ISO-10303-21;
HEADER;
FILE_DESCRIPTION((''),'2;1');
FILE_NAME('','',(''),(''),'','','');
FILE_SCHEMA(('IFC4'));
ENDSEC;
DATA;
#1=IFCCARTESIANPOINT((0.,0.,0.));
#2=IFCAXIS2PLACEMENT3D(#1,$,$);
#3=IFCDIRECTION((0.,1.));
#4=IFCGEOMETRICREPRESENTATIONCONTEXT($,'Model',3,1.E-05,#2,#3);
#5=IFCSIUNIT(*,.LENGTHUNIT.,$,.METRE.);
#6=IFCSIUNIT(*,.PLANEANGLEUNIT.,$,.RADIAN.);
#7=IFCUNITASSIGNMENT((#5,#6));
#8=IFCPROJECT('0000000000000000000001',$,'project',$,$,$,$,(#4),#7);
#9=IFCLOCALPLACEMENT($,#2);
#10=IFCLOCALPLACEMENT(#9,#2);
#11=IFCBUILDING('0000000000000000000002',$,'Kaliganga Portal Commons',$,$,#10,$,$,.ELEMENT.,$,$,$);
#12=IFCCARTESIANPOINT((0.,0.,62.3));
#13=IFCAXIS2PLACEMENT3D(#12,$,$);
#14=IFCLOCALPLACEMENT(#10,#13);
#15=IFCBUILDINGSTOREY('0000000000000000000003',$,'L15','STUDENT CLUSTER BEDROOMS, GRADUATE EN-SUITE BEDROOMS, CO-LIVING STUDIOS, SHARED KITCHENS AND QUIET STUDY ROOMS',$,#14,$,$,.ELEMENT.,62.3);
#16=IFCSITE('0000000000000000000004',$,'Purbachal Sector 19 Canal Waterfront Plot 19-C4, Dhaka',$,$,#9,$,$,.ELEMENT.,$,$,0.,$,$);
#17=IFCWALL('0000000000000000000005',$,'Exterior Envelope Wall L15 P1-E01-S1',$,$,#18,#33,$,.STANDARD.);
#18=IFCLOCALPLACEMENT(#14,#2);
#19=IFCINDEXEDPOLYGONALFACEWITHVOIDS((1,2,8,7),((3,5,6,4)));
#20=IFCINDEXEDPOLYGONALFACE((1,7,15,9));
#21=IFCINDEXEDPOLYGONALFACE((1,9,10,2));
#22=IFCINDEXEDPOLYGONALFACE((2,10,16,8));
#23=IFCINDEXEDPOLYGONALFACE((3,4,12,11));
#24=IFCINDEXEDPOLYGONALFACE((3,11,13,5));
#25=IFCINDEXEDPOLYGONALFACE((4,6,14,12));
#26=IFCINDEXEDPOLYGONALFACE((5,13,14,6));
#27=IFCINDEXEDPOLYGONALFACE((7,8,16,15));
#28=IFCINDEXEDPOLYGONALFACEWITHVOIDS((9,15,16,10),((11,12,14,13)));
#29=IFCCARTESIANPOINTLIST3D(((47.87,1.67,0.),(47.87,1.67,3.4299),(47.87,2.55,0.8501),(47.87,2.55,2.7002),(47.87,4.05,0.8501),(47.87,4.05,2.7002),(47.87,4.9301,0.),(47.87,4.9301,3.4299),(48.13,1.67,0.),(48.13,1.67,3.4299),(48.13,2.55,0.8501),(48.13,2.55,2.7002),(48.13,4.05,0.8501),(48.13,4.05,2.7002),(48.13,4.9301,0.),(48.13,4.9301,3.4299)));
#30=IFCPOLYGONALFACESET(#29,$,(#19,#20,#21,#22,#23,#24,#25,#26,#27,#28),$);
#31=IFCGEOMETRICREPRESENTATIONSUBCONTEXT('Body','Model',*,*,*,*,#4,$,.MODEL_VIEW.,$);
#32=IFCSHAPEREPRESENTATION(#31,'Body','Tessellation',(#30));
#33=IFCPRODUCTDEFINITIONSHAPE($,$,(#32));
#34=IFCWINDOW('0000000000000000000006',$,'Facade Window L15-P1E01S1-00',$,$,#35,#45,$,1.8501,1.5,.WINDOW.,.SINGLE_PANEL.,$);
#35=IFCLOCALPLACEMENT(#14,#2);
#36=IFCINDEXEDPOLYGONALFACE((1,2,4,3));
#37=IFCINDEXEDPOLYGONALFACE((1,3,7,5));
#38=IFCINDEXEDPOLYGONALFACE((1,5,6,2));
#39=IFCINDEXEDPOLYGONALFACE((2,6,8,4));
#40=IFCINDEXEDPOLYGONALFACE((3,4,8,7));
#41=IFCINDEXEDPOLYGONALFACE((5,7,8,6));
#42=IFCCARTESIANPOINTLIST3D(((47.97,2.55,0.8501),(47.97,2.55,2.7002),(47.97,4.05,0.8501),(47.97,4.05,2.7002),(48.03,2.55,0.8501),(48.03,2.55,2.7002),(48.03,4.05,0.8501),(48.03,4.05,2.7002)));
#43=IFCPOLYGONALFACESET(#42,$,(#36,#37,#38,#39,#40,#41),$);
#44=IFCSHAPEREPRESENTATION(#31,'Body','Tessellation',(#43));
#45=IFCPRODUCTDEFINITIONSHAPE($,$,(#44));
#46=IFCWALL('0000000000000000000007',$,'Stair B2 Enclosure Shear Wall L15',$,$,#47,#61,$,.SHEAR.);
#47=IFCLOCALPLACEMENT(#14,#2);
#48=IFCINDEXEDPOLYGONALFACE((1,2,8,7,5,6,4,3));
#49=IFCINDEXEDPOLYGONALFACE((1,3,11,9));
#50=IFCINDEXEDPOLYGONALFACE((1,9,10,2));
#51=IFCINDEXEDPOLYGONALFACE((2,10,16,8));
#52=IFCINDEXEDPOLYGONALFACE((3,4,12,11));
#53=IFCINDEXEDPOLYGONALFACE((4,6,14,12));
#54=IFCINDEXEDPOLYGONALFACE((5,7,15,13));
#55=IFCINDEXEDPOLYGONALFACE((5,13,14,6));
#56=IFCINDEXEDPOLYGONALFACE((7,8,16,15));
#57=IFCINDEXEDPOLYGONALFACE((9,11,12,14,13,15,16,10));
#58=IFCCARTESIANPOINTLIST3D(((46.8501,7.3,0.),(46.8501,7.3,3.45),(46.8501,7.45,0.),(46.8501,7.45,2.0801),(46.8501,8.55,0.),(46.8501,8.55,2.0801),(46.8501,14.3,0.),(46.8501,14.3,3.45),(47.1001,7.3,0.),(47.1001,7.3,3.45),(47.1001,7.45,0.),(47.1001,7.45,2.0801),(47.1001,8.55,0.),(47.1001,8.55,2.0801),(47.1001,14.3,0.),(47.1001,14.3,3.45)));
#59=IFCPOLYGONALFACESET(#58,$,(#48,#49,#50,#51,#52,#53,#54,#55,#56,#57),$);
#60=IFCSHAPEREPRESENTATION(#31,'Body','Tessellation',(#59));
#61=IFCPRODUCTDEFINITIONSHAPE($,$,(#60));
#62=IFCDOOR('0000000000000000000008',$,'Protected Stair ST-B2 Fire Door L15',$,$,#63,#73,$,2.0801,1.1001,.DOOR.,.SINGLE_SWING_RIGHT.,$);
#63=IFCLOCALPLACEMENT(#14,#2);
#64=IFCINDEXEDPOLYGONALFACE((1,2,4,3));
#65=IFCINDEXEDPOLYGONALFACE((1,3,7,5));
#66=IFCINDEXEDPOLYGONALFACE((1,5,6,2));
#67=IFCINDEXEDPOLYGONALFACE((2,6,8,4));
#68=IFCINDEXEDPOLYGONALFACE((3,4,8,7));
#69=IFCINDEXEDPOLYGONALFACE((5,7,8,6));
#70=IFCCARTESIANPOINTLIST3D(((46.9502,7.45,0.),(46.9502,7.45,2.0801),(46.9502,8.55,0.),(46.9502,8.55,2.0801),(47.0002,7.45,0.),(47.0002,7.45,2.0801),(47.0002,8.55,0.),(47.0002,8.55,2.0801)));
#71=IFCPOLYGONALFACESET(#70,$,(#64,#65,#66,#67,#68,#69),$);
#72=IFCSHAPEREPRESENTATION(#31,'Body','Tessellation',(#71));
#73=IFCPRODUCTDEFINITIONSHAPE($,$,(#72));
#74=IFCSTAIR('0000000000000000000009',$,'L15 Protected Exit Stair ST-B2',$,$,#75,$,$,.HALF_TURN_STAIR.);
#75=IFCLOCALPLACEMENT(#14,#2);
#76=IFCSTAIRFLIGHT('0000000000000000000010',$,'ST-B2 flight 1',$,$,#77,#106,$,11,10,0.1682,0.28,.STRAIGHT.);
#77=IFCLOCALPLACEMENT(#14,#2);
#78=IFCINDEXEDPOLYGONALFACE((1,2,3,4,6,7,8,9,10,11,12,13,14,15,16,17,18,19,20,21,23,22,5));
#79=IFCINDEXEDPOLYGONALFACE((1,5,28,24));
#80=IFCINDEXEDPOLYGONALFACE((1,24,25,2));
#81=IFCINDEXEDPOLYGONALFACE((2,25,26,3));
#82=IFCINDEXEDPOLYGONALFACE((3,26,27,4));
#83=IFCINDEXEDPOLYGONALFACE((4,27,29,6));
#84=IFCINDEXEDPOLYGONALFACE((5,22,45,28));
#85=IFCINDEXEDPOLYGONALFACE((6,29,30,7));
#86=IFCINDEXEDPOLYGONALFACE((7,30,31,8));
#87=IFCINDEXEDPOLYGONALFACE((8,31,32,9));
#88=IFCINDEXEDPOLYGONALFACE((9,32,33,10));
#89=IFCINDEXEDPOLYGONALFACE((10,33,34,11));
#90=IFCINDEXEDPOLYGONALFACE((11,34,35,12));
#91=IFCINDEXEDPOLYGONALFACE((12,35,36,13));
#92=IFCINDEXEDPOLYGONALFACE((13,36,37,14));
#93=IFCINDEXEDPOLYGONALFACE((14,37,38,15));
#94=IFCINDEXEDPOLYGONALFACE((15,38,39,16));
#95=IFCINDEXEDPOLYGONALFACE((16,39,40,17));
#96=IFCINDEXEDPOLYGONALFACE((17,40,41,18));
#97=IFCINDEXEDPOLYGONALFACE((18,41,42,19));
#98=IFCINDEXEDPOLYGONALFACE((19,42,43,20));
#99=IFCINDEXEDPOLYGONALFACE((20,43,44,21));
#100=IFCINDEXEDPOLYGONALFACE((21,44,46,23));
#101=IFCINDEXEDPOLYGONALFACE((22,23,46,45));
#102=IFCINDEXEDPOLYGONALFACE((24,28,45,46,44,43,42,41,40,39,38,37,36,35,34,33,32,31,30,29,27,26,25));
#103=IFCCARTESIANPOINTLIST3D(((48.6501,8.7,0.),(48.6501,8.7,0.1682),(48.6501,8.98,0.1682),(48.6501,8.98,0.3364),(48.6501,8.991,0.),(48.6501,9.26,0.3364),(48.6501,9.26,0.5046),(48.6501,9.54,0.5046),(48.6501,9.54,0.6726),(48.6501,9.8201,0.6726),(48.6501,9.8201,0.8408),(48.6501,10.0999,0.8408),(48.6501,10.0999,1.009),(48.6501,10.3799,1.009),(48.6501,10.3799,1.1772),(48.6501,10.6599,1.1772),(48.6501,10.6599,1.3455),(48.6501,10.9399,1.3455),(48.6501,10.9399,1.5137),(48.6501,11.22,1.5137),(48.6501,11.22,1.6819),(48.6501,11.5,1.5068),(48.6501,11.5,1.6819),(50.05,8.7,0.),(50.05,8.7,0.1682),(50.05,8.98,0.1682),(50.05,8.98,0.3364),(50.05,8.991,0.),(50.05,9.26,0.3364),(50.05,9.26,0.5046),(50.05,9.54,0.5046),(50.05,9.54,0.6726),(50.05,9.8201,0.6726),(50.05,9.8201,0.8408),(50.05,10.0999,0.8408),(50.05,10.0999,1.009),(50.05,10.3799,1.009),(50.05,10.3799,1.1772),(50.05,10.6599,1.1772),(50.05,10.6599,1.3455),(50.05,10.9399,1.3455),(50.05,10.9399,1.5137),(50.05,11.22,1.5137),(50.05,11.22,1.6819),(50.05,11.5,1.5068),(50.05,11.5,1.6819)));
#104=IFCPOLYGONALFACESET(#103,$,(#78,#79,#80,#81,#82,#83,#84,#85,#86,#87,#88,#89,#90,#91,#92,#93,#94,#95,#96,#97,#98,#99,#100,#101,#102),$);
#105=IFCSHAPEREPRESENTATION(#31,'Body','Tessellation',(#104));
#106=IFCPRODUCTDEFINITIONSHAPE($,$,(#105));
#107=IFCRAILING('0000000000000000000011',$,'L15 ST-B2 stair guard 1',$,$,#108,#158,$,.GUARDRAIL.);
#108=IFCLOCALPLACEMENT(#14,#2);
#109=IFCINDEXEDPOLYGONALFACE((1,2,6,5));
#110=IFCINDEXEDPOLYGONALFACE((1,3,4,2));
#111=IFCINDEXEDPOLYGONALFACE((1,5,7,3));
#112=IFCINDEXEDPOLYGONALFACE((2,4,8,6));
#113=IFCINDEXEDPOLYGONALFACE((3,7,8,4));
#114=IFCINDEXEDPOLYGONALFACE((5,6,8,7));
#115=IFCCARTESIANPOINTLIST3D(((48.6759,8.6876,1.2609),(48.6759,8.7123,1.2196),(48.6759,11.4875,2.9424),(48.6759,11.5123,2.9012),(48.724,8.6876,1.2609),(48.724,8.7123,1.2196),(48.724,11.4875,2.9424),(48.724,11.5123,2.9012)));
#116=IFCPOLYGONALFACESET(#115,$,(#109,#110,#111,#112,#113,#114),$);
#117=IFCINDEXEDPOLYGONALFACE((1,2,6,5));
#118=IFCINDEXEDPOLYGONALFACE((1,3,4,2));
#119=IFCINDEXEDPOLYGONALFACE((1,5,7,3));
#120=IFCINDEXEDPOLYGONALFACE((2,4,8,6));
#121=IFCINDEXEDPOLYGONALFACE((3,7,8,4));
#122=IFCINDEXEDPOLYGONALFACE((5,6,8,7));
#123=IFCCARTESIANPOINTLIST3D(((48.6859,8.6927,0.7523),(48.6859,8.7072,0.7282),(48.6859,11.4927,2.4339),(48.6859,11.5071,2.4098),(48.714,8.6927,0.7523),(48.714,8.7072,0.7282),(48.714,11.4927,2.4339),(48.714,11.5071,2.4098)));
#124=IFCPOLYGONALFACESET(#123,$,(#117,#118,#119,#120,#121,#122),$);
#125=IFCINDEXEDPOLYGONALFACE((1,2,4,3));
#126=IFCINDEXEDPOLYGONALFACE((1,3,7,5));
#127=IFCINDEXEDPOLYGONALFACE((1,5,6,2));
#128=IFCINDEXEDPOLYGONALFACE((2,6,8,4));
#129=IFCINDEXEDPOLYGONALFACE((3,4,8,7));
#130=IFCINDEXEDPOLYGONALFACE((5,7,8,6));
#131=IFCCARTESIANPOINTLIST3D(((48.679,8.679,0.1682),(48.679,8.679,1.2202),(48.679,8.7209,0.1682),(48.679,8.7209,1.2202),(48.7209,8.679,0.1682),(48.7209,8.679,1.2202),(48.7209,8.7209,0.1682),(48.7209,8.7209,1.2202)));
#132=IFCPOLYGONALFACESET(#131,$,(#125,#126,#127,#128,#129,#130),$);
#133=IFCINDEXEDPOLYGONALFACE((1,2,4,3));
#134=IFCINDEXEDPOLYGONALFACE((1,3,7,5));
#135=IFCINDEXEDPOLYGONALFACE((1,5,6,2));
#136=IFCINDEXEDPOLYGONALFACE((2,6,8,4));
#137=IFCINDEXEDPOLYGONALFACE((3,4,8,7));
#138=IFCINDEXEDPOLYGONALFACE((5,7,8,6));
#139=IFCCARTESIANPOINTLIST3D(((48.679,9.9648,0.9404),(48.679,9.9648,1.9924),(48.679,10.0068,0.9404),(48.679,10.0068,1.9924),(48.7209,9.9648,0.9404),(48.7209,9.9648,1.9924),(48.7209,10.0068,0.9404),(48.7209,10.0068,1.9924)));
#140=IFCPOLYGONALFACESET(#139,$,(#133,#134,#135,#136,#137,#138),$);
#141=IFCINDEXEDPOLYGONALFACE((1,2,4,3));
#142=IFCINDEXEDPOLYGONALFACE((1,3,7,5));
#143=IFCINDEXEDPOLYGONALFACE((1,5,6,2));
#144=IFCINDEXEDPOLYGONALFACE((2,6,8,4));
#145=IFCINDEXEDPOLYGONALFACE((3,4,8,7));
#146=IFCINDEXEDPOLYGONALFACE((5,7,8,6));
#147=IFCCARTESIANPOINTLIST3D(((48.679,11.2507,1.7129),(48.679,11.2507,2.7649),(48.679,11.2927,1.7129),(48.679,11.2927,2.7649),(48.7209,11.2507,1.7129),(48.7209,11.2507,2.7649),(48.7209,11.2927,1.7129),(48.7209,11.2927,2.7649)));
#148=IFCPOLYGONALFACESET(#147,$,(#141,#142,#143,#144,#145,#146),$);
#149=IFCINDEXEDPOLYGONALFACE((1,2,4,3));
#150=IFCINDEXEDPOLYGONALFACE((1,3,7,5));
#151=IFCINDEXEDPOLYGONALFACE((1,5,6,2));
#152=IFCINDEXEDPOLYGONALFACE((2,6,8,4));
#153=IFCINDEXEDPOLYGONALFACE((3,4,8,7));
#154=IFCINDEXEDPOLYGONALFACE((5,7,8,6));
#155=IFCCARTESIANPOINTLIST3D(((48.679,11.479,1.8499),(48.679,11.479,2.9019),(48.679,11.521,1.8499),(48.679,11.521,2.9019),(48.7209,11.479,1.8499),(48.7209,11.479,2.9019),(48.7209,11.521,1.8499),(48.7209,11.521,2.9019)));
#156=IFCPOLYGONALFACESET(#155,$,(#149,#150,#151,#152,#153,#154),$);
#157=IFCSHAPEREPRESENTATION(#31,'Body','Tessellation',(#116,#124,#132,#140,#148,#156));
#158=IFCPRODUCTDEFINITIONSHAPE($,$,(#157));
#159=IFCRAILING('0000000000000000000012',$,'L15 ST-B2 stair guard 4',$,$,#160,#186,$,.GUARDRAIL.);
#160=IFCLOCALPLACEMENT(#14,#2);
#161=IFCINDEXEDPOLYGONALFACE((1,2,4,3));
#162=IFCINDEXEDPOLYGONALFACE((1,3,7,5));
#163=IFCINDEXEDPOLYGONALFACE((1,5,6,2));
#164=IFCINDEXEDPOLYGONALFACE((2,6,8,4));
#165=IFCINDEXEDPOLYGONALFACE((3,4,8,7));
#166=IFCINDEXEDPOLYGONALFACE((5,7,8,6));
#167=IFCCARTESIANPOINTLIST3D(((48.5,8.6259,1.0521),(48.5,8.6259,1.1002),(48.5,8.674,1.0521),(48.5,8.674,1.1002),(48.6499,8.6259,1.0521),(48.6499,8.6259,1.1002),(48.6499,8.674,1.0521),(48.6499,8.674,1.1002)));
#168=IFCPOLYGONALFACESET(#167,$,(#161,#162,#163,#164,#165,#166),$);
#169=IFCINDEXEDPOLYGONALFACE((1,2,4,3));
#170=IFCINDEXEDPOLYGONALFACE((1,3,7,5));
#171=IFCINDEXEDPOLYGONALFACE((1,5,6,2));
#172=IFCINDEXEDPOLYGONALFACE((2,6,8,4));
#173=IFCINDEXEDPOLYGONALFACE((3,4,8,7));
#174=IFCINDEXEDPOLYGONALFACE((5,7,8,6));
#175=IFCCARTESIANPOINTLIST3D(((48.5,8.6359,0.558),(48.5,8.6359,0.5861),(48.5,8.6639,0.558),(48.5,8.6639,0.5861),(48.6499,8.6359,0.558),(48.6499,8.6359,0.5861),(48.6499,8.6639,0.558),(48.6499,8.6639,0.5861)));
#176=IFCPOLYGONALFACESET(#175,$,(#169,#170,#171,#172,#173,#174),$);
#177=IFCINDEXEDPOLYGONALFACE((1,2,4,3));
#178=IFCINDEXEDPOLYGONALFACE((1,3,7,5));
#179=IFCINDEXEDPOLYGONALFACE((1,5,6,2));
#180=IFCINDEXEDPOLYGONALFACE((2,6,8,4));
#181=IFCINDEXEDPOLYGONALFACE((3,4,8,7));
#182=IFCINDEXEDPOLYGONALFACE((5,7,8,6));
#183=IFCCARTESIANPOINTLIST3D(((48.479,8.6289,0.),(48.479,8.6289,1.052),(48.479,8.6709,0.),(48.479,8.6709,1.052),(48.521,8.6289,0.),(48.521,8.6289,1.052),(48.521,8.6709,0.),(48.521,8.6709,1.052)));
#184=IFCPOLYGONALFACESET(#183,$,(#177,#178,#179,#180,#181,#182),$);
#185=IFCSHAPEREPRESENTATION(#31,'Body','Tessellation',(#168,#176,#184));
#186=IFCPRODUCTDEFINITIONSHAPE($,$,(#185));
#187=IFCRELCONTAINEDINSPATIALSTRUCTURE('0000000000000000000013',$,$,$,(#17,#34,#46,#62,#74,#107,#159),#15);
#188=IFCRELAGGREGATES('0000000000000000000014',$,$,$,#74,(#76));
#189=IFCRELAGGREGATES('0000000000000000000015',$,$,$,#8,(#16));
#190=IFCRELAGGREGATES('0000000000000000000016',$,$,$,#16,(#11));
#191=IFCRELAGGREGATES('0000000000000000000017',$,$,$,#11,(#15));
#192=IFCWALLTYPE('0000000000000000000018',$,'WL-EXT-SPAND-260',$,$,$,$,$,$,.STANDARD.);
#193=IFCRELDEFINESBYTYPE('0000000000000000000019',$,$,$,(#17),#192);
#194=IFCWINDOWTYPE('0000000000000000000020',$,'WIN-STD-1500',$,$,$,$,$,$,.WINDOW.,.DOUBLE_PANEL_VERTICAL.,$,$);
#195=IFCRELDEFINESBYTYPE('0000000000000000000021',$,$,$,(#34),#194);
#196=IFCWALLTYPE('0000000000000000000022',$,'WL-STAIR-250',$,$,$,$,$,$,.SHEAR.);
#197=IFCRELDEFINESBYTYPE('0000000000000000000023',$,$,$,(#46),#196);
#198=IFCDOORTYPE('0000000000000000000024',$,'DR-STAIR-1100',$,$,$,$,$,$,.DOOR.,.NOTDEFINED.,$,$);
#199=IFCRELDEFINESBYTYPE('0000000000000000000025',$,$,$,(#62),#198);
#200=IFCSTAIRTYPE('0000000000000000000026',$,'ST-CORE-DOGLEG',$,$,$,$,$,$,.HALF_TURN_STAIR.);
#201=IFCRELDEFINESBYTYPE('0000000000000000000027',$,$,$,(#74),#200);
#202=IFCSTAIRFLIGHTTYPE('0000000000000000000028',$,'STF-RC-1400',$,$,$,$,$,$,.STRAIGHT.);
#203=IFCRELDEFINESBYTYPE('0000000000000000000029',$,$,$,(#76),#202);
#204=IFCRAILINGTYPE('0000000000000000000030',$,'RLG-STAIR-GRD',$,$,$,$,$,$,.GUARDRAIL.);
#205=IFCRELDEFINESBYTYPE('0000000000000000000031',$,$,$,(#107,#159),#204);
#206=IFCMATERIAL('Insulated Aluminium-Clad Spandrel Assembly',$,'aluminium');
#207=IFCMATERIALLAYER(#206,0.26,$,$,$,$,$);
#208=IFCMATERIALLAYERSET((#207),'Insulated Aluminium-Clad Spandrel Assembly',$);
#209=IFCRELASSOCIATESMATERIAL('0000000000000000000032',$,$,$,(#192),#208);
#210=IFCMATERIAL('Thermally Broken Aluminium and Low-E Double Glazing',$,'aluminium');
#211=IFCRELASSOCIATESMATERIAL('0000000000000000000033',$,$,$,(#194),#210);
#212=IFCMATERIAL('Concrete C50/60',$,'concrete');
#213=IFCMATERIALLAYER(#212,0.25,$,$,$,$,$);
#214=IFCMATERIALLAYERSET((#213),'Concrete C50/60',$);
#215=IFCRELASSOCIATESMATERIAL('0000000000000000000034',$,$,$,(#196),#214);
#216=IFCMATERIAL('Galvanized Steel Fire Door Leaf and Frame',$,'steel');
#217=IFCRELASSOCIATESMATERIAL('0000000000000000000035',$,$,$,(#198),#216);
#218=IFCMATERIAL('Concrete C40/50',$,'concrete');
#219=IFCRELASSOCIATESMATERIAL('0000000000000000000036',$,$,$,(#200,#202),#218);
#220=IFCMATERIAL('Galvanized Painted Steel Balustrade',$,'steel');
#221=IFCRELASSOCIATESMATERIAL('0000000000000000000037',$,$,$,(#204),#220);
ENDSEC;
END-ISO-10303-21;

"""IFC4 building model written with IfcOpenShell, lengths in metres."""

from ifc_helpers import new_model, si_unit, direction, frame, frame_2d, origin, origin_2d, place, context, subcontext, project, spatial, polyline, rectangle, outline, extrude, material, layer, layer_set, type_object, element, fill, aggregate, save


model = new_model("IFC4")

# Units and contexts
model_context = context("Model", 3, precision=1e-05, world=origin(), true_north=direction((0.0, 1.0)))
body_context = subcontext(model_context, "Body", "Model", "MODEL_VIEW")
ifc_project = project(units=[si_unit("LENGTHUNIT", "METRE"), si_unit("PLANEANGLEUNIT", "RADIAN")], contexts=[model_context])

# Site, building, storey
site_placement = place(None, origin())
site = spatial("IfcSite", under=ifc_project, at=site_placement, Name="Purbachal Sector 19 Canal Waterfront Plot 19-C4, Dhaka", CompositionType="ELEMENT", RefElevation=0.0)
building_placement = place(site_placement, origin())
building = spatial("IfcBuilding", under=site, at=building_placement, Name="Kaliganga Portal Commons", CompositionType="ELEMENT")
storey_placement = place(building_placement, frame((0.0, 0.0, 62.3)))
storey = spatial("IfcBuildingStorey", under=building, at=storey_placement, Name="L15", Description="STUDENT CLUSTER BEDROOMS, GRADUATE EN-SUITE BEDROOMS, CO-LIVING STUDIOS, SHARED KITCHENS AND QUIET STUDY ROOMS", CompositionType="ELEMENT", Elevation=62.3)

# Shared definitions
ifc_material_1 = material(Name="Insulated Aluminium-Clad Spandrel Assembly", Category="aluminium")
ifc_layer_1 = layer(ifc_material_1, 0.26)
ifc_layer_set_1 = layer_set([ifc_layer_1], Name="Insulated Aluminium-Clad Spandrel Assembly")
wall_type_1 = type_object("IfcWallType", Name="WL-EXT-SPAND-260", PredefinedType="STANDARD", material=ifc_layer_set_1)
ifc_material_2 = material(Name="Thermally Broken Aluminium and Low-E Double Glazing", Category="aluminium")
window_type = type_object("IfcWindowType", Name="WIN-STD-1500", PartitioningType="DOUBLE_PANEL_VERTICAL", PredefinedType="WINDOW", material=ifc_material_2)

# Wall, opening, window
wall_1_placement = place(storey_placement, frame((48.0, 4.9299, 0.0), z_axis=(0.0, 0.0, 1.0), x_axis=(0.0, -1.0, 0.0)))
wall_1 = element("IfcWall", 1, at=wall_1_placement, inside=storey, type_object=wall_type_1, Name="Exterior Envelope Wall L15 P1-E01-S1", PredefinedType="STANDARD", context=body_context, shape_type="SweptSolid", body=[
    extrude(rectangle(XDim=3.26, YDim=0.26, at=frame_2d((1.6299, 0.0))), origin(), (0.0, 0.0, 1.0), 3.4299),
])
opening_1_placement = place(wall_1_placement, frame((0.8799, 0.0, 0.8501)))
opening_1 = element("IfcOpeningElement", 2, at=opening_1_placement, cuts=wall_1, PredefinedType="OPENING", context=body_context, shape_type="SweptSolid", body=[
    extrude(rectangle(XDim=1.5, YDim=1.8501, at=frame_2d((0.75, 0.925))), frame((0.0, 0.1401, 0.0), z_axis=(0.0, -1.0, 0.0), x_axis=(1.0, 0.0, 0.0)), (0.0, 0.0, 1.0), 0.28),
])
window_1_placement = place(opening_1_placement, origin())
window_1 = element("IfcWindow", 3, at=window_1_placement, inside=storey, type_object=window_type, Name="Facade Window L15-P1E01S1-00", OverallHeight=1.8501, OverallWidth=1.5, PartitioningType="SINGLE_PANEL", PredefinedType="WINDOW", context=body_context, shape_type="SweptSolid", body=[
    extrude(rectangle(XDim=1.5, YDim=1.8501, at=frame_2d((0.75, 0.925))), frame((0.0, 0.03, 0.0), z_axis=(0.0, -1.0, 0.0), x_axis=(1.0, 0.0, 0.0)), (0.0, 0.0, 1.0), 0.0601),
])
fill(opening_1, window_1)

# Wall, opening, door
ifc_material_3 = material(Name="Concrete C50/60", Category="concrete")
ifc_layer_2 = layer(ifc_material_3, 0.25)
ifc_layer_set_2 = layer_set([ifc_layer_2], Name="Concrete C50/60")
wall_type_2 = type_object("IfcWallType", Name="WL-STAIR-250", PredefinedType="SHEAR", material=ifc_layer_set_2)
wall_2_placement = place(storey_placement, frame((46.9751, 7.3, 0.0), z_axis=(0.0, 0.0, 1.0), x_axis=(0.0, 1.0, 0.0)))
wall_2 = element("IfcWall", 4, at=wall_2_placement, inside=storey, type_object=wall_type_2, Name="Stair B2 Enclosure Shear Wall L15", PredefinedType="SHEAR", context=body_context, shape_type="SweptSolid", body=[
    extrude(rectangle(XDim=7.0, YDim=0.25, at=frame_2d((3.5, 0.0))), origin(), (0.0, 0.0, 1.0), 3.45),
])
opening_2_placement = place(wall_2_placement, frame((0.1499, 0.0, 0.0)))
opening_2 = element("IfcOpeningElement", 5, at=opening_2_placement, cuts=wall_2, PredefinedType="OPENING", context=body_context, shape_type="SweptSolid", body=[
    extrude(rectangle(XDim=1.1001, YDim=2.0801, at=frame_2d((0.55, 1.04))), frame((0.0, 0.135, 0.0), z_axis=(0.0, -1.0, 0.0), x_axis=(1.0, 0.0, 0.0)), (0.0, 0.0, 1.0), 0.27),
])
ifc_material_4 = material(Name="Galvanized Steel Fire Door Leaf and Frame", Category="steel")
door_type = type_object("IfcDoorType", Name="DR-STAIR-1100", OperationType="NOTDEFINED", PredefinedType="DOOR", material=ifc_material_4)
door_placement = place(opening_2_placement, origin())
door = element("IfcDoor", 6, at=door_placement, inside=storey, type_object=door_type, Name="Protected Stair ST-B2 Fire Door L15", OperationType="SINGLE_SWING_RIGHT", OverallHeight=2.0801, OverallWidth=1.1001, PredefinedType="DOOR", context=body_context, shape_type="SweptSolid", body=[
    extrude(rectangle(XDim=1.1001, YDim=2.0801, at=frame_2d((0.55, 1.04))), frame((0.0, 0.0249, 0.0), z_axis=(0.0, -1.0, 0.0), x_axis=(1.0, 0.0, 0.0)), (0.0, 0.0, 1.0), 0.05),
])
fill(opening_2, door)

# Stair, stair flight
ifc_material_5 = material(Name="Concrete C40/50", Category="concrete")
stair_type = type_object("IfcStairType", Name="ST-CORE-DOGLEG", PredefinedType="HALF_TURN_STAIR", material=ifc_material_5)
stair_placement = place(storey_placement, origin())
stair = element("IfcStair", 7, at=stair_placement, inside=storey, type_object=stair_type, Name="L15 Protected Exit Stair ST-B2", PredefinedType="HALF_TURN_STAIR")
stair_flight_type = type_object("IfcStairFlightType", Name="STF-RC-1400", PredefinedType="STRAIGHT", material=ifc_material_5)
stair_flight_placement = place(storey_placement, frame((49.3501, 8.7, 0.0), z_axis=(0.0, 0.0, 1.0), x_axis=(0.0, 1.0, 0.0)))
stair_flight = element("IfcStairFlight", 8, at=stair_flight_placement, type_object=stair_flight_type, Name="ST-B2 flight 1", NumberOfRisers=11, NumberOfTreads=10, PredefinedType="STRAIGHT", RiserHeight=0.1682, TreadLength=0.28, context=body_context, shape_type="SweptSolid", body=[
    extrude(outline(polyline([(0.0, 0.0), (0.0, 0.1682), (0.28, 0.1682), (0.28, 0.3364), (0.5601, 0.3364), (0.5601, 0.5046), (0.8401, 0.5046), (0.8401, 0.6726), (1.1201, 0.6726), (1.1201, 0.8408), (1.3999, 0.8408), (1.3999, 1.009), (1.6799, 1.009), (1.6799, 1.1772), (1.96, 1.1772), (1.96, 1.3455), (2.24, 1.3455), (2.24, 1.5137), (2.52, 1.5137), (2.52, 1.6819), (2.8, 1.6819), (2.8, 1.8501), (2.8, 1.5068), (0.291, 0.0), (0.0, 0.0)])), frame((0.0, 0.7, 0.0), z_axis=(0.0, -1.0, 0.0), x_axis=(1.0, 0.0, 0.0)), (0.0, 0.0, 1.0), 1.3999),
])
aggregate(stair, [stair_flight])

# Railings
ifc_material_6 = material(Name="Galvanized Painted Steel Balustrade", Category="steel")
railing_type_1 = type_object("IfcRailingType", Name="RLG-STAIR-GRD", PredefinedType="GUARDRAIL", material=ifc_material_6)
railing_1_placement = place(storey_placement, frame((48.7, 8.7, 0.1682)))
element("IfcRailing", 9, at=railing_1_placement, inside=storey, type_object=railing_type_1, Name="L15 ST-B2 stair guard 1", PredefinedType="GUARDRAIL", context=body_context, shape_type="SweptSolid", body=[
    extrude(rectangle(XDim=0.0481, YDim=0.0481, at=origin_2d()), frame((0.0, 0.0, 1.072), z_axis=(0.0, 0.857275, 0.514858), x_axis=(-1.0, 0.0, 0.0)), (0.0, 0.0, 1.0), 3.2661),
    extrude(rectangle(XDim=0.0281, YDim=0.0281, at=origin_2d()), frame((0.0, 0.0, 0.572), z_axis=(0.0, 0.857275, 0.514858), x_axis=(-1.0, 0.0, 0.0)), (0.0, 0.0, 1.0), 3.2661),
    extrude(rectangle(XDim=0.042, YDim=0.042, at=origin_2d()), origin(), (0.0, 0.0, 1.0), 1.052),
    extrude(rectangle(XDim=0.042, YDim=0.042, at=origin_2d()), frame((0.0, 1.2859, 0.7722)), (0.0, 0.0, 1.0), 1.052),
    extrude(rectangle(XDim=0.042, YDim=0.042, at=origin_2d()), frame((0.0, 2.5718, 1.5447)), (0.0, 0.0, 1.0), 1.052),
    extrude(rectangle(XDim=0.042, YDim=0.042, at=origin_2d()), frame((0.0, 2.8, 1.6816)), (0.0, 0.0, 1.0), 1.052),
])
railing_2_placement = place(storey_placement, frame((48.6499, 8.6499, 0.0)))
element("IfcRailing", 10, at=railing_2_placement, inside=storey, type_object=railing_type_1, Name="L15 ST-B2 stair guard 4", PredefinedType="GUARDRAIL", context=body_context, shape_type="SweptSolid", body=[
    extrude(rectangle(XDim=0.0481, YDim=0.0481, at=origin_2d()), frame((0.0, 0.0, 1.0762), z_axis=(-1.0, 0.0, 0.0), x_axis=(0.0, -1.0, 0.0)), (0.0, 0.0, 1.0), 0.1499),
    extrude(rectangle(XDim=0.0281, YDim=0.0281, at=origin_2d()), frame((0.0, 0.0, 0.572), z_axis=(-1.0, 0.0, 0.0), x_axis=(0.0, -1.0, 0.0)), (0.0, 0.0, 1.0), 0.1499),
    extrude(rectangle(XDim=0.042, YDim=0.042, at=origin_2d()), frame((-0.1499, 0.0, 0.0)), (0.0, 0.0, 1.0), 1.052),
])

save(model, "model.ifc")
